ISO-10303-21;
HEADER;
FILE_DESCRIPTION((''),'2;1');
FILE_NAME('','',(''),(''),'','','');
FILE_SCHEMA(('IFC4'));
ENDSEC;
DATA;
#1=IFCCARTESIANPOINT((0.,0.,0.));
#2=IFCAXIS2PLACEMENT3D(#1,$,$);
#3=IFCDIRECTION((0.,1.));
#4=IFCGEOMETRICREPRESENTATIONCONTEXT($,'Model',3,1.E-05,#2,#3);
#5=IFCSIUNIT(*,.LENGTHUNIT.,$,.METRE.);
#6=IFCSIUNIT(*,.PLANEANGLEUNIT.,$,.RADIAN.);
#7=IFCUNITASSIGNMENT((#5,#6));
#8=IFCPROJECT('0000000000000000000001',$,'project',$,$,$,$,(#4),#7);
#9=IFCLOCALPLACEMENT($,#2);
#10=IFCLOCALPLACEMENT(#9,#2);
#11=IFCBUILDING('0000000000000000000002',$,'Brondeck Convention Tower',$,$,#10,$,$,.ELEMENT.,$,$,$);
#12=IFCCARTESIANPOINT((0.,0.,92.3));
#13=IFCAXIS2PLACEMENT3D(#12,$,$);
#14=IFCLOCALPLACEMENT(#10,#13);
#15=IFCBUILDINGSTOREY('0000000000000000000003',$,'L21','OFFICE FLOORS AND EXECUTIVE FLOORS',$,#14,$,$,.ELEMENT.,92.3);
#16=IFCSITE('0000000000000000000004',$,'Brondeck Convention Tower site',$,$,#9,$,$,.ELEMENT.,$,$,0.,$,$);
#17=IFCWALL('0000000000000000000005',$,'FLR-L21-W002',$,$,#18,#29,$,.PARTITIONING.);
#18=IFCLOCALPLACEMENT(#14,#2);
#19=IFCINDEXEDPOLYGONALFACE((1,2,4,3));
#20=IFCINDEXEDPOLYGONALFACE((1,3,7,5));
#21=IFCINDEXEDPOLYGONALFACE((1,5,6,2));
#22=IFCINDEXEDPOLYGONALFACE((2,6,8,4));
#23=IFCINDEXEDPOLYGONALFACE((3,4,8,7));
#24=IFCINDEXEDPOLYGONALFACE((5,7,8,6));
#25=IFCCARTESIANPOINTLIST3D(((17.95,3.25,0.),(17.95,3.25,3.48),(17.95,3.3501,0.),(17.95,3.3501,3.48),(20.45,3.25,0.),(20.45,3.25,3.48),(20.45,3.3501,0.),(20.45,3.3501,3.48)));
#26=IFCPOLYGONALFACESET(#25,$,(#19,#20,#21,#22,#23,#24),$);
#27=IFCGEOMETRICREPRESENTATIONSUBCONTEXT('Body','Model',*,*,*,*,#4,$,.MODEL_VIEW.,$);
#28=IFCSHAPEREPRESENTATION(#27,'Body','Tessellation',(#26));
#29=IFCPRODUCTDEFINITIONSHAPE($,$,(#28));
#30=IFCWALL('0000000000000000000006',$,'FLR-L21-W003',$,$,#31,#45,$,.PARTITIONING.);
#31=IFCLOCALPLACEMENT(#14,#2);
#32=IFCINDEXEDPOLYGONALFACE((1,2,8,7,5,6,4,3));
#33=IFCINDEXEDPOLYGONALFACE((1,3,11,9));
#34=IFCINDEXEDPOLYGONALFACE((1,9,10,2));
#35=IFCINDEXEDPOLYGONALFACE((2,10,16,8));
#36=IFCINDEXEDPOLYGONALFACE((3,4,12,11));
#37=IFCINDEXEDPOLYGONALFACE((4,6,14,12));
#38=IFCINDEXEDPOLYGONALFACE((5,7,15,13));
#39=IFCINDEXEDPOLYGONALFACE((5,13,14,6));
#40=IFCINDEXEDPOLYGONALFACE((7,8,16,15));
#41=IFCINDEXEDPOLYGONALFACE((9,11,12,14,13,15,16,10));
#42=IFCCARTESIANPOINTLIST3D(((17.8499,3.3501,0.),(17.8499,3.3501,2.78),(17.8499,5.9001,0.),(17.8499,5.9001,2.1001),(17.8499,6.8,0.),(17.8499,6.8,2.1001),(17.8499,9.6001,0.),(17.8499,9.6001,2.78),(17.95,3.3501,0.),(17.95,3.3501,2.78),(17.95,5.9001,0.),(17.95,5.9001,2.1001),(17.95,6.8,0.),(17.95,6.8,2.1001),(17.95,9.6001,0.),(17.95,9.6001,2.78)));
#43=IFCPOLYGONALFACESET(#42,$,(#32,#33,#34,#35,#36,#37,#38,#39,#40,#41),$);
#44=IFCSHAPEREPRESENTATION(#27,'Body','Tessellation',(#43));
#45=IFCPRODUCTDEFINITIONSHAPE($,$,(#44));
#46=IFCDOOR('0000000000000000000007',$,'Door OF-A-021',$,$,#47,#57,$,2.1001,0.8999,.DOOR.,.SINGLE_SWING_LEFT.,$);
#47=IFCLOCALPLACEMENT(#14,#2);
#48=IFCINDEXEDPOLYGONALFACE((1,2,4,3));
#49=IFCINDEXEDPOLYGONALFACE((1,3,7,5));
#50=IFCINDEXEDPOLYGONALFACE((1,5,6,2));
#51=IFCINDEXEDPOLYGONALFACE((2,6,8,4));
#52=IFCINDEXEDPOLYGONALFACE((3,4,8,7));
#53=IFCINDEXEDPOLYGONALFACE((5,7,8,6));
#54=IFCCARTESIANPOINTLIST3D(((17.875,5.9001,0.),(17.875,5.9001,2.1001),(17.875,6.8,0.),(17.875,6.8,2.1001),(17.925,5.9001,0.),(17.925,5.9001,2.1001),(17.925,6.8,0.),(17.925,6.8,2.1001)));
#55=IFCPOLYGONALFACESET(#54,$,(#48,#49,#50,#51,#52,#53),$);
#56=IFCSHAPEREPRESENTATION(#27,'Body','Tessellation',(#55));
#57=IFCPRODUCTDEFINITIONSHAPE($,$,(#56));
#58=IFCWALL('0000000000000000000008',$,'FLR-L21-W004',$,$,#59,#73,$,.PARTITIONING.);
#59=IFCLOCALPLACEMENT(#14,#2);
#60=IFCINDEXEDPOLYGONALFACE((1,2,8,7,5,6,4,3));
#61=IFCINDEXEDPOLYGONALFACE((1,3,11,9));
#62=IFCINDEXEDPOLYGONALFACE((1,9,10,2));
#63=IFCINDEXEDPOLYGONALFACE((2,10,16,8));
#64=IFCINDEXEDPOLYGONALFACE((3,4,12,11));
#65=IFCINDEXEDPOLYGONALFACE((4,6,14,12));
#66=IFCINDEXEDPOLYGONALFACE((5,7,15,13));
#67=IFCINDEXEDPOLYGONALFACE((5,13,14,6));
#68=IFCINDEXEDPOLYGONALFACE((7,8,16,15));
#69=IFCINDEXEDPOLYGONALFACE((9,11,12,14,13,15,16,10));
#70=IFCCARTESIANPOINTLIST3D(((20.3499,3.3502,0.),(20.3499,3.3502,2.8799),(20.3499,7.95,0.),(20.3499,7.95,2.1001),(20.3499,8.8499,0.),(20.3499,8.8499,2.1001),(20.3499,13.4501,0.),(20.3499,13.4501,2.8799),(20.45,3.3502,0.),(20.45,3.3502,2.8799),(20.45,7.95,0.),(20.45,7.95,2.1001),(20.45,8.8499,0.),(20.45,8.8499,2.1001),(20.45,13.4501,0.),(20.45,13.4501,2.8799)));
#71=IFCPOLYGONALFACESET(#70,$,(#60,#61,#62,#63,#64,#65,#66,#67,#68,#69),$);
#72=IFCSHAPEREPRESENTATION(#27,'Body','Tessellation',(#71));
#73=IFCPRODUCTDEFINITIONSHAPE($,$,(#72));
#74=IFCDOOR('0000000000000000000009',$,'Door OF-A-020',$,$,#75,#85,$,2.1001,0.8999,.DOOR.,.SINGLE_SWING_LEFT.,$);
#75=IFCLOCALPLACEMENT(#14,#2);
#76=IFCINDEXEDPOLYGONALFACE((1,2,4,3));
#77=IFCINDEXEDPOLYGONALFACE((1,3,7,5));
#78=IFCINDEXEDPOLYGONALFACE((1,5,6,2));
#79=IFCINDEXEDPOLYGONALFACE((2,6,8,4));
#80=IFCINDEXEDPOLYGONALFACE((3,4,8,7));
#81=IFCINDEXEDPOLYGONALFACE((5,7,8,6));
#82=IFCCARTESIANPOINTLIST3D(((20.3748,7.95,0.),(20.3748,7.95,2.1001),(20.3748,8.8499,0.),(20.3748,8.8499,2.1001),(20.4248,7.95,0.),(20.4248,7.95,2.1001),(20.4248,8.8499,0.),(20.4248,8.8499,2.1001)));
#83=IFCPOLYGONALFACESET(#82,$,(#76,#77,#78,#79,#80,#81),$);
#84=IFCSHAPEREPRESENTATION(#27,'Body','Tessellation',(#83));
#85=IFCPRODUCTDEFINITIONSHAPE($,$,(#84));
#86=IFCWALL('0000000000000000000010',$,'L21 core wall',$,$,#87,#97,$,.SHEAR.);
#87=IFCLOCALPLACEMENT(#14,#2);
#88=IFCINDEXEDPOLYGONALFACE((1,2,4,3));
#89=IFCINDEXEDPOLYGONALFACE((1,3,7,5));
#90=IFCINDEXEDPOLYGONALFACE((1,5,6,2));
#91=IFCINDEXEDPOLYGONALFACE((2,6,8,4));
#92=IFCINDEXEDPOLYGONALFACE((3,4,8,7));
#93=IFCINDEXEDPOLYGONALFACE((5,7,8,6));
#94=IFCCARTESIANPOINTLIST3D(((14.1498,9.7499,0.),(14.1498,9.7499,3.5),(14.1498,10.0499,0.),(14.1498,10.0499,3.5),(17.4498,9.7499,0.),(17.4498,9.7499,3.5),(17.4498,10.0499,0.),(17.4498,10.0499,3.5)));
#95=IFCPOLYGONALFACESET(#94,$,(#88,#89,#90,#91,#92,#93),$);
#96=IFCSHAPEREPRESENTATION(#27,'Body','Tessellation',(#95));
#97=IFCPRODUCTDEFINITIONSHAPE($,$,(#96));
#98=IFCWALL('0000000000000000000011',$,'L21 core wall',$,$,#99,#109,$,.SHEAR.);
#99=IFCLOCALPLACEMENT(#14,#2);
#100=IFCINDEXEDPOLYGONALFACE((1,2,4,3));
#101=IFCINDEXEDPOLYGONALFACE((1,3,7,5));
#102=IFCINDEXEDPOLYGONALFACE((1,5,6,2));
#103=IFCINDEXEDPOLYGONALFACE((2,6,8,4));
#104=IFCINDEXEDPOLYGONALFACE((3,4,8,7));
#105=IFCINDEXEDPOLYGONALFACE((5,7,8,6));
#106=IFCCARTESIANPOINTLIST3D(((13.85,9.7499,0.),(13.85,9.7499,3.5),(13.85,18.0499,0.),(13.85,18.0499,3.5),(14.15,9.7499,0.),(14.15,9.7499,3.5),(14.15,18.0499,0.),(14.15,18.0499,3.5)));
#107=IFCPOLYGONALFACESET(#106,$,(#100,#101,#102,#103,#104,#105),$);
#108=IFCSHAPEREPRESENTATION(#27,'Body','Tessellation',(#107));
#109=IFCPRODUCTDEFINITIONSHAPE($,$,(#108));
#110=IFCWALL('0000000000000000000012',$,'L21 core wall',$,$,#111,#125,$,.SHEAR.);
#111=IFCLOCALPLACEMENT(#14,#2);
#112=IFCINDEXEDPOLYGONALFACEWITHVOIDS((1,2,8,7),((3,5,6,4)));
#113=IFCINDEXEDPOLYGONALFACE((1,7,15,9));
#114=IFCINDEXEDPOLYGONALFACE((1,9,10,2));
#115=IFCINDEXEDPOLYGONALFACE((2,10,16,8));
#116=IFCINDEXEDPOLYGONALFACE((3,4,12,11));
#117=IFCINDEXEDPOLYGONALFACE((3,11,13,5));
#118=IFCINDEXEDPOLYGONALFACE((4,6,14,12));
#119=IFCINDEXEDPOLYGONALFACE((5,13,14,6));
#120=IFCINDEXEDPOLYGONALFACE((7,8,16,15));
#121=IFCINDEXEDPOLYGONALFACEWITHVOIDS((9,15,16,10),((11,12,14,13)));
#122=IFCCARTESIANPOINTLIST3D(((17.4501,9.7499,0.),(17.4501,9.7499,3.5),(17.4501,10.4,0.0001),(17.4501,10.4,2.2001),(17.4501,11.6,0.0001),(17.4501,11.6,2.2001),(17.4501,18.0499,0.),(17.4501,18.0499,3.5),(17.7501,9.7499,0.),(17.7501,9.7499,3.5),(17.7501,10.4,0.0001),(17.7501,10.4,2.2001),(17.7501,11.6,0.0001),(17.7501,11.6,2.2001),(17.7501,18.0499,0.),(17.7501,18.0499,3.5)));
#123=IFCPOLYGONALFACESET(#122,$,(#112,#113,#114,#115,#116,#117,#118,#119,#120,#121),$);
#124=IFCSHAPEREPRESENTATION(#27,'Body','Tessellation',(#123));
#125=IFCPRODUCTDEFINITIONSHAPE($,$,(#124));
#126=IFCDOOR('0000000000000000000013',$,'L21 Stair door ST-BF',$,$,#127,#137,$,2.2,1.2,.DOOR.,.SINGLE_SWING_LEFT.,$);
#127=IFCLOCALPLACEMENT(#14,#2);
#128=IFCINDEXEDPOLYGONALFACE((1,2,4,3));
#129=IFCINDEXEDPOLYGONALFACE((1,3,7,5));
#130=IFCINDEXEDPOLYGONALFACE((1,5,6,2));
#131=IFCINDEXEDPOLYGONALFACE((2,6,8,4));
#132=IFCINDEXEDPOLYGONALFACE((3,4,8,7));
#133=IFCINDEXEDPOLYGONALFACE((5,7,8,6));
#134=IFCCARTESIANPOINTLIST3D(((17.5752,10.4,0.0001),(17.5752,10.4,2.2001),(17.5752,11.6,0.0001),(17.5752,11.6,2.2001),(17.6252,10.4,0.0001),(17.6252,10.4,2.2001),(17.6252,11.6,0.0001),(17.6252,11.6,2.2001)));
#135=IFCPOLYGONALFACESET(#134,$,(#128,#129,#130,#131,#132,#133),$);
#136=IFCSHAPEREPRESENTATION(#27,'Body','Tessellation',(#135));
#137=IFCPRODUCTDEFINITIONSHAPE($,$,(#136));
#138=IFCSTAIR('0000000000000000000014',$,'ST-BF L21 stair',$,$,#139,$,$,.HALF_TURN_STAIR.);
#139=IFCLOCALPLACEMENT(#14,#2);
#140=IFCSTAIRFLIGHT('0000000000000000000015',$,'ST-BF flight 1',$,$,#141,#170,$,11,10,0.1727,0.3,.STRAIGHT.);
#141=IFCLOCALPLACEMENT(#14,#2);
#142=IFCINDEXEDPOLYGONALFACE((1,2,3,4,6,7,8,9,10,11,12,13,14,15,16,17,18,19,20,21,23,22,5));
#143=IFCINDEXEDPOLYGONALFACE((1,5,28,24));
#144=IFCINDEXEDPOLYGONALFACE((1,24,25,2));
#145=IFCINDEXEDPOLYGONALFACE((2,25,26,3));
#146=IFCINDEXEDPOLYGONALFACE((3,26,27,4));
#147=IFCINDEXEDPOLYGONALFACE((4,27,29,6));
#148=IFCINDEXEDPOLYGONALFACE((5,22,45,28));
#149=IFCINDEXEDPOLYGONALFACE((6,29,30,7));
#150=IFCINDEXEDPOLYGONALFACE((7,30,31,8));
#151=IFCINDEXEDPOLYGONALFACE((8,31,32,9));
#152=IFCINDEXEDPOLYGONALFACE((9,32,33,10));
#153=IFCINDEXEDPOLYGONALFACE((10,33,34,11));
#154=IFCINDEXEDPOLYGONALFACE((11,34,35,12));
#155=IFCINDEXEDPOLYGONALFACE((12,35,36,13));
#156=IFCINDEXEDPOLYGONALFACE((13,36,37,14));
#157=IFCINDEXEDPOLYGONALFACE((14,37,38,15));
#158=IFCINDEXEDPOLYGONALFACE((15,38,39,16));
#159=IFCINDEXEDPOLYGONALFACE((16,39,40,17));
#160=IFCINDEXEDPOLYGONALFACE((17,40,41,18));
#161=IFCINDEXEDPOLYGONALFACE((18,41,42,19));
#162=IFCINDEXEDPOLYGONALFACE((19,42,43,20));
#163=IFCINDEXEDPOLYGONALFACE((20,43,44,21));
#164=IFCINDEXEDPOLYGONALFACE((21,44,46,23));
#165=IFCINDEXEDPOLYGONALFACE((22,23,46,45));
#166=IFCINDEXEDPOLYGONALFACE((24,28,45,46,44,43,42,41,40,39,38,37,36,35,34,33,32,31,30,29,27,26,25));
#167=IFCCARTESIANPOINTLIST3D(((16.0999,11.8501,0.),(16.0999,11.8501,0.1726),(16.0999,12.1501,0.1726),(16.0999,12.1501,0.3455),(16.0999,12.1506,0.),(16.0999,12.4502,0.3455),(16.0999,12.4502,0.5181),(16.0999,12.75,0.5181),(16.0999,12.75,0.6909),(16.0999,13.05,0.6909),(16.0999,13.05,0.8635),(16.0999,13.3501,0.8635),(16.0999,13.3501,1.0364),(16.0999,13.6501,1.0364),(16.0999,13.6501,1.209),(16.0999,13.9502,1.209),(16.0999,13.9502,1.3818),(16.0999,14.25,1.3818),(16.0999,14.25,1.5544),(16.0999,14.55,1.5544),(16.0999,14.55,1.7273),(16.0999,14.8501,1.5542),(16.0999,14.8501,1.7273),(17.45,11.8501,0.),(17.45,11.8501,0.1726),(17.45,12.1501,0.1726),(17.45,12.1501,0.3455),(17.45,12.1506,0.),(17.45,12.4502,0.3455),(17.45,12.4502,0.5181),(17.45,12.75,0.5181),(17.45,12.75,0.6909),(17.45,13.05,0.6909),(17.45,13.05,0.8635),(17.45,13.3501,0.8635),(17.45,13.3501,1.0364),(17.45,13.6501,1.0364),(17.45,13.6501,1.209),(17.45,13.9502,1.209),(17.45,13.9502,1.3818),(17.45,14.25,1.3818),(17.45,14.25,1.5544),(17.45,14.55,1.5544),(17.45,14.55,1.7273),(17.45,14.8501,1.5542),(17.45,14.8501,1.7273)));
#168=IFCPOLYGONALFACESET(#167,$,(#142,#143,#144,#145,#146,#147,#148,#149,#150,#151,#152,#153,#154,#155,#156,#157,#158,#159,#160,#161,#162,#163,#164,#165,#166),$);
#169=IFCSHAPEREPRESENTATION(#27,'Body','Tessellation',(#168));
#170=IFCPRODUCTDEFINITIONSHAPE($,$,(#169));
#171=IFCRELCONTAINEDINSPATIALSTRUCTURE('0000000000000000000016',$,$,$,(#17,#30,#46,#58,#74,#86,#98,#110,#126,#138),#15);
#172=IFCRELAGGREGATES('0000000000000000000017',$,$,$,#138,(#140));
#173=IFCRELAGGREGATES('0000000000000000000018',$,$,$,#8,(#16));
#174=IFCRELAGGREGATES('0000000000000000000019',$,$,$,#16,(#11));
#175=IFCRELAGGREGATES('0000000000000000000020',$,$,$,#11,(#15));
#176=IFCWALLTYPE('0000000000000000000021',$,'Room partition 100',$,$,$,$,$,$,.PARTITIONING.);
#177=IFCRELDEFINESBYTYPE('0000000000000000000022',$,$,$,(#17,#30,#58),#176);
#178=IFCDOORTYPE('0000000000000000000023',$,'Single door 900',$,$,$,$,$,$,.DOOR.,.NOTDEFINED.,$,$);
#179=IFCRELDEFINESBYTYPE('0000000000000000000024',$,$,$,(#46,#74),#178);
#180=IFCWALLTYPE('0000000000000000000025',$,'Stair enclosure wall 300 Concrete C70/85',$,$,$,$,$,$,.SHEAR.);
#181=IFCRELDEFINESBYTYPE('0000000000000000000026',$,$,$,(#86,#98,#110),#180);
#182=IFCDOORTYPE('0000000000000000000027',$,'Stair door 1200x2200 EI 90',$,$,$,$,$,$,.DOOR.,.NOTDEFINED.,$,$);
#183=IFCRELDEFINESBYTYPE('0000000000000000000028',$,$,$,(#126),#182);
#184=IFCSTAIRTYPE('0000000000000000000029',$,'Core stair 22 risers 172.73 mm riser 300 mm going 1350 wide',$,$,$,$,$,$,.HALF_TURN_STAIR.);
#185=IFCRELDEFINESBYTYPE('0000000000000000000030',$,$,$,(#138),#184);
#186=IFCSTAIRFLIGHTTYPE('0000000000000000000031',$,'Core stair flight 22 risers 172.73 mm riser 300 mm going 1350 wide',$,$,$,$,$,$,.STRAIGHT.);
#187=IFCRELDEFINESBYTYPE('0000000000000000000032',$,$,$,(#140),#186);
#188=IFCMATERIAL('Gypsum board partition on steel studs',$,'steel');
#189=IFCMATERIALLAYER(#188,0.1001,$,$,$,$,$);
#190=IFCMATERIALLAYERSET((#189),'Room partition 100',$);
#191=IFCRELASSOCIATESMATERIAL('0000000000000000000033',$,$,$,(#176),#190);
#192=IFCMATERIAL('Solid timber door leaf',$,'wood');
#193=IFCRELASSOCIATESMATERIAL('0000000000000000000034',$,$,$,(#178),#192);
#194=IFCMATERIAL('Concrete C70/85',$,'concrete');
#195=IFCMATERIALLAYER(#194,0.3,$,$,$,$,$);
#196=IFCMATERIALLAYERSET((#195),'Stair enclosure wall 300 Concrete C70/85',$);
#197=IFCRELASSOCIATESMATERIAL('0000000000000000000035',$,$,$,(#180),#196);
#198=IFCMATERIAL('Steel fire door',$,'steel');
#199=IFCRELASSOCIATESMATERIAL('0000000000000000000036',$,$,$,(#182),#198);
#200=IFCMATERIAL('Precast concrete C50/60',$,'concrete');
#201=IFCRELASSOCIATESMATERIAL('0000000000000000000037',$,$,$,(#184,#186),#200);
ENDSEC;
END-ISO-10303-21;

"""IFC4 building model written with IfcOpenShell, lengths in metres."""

from ifc_helpers import new_model, si_unit, direction, frame, frame_2d, origin, place, context, subcontext, project, spatial, polyline, rectangle, outline, extrude, material, layer, layer_set, type_object, element, fill, aggregate, save


model = new_model("IFC4")

# Units and contexts
model_context = context("Model", 3, precision=1e-05, world=origin(), true_north=direction((0.0, 1.0)))
body_context = subcontext(model_context, "Body", "Model", "MODEL_VIEW")
ifc_project = project(units=[si_unit("LENGTHUNIT", "METRE"), si_unit("PLANEANGLEUNIT", "RADIAN")], contexts=[model_context])

# Site, building, storey
site_placement = place(None, origin())
site = spatial("IfcSite", under=ifc_project, at=site_placement, Name="Brondeck Convention Tower site", CompositionType="ELEMENT", RefElevation=0.0)
building_placement = place(site_placement, origin())
building = spatial("IfcBuilding", under=site, at=building_placement, Name="Brondeck Convention Tower", CompositionType="ELEMENT")
storey_placement = place(building_placement, frame((0.0, 0.0, 92.3)))
storey = spatial("IfcBuildingStorey", under=building, at=storey_placement, Name="L21", Description="OFFICE FLOORS AND EXECUTIVE FLOORS", CompositionType="ELEMENT", Elevation=92.3)

# Shared definitions
ifc_material_1 = material(Name="Concrete C70/85", Category="concrete")

# Wall
ifc_material_2 = material(Name="Gypsum board partition on steel studs", Category="steel")
ifc_layer_1 = layer(ifc_material_2, 0.1001)
ifc_layer_set_1 = layer_set([ifc_layer_1], Name="Room partition 100")
wall_type_1 = type_object("IfcWallType", Name="Room partition 100", PredefinedType="PARTITIONING", material=ifc_layer_set_1)
wall_1_placement = place(storey_placement, frame((20.45, 3.3, 0.0), z_axis=(0.0, 0.0, 1.0), x_axis=(-1.0, 0.0, 0.0)))
element("IfcWall", 1, at=wall_1_placement, inside=storey, type_object=wall_type_1, Name="FLR-L21-W002", PredefinedType="PARTITIONING", context=body_context, shape_type="SweptSolid", body=[
    extrude(rectangle(XDim=2.5, YDim=0.1001, at=frame_2d((1.25, 0.0))), origin(), (0.0, 0.0, 1.0), 3.48),
])

# Walls, openings, doors
wall_2_placement = place(storey_placement, frame((17.8999, 3.3501, 0.0), z_axis=(0.0, 0.0, 1.0), x_axis=(0.0, 1.0, 0.0)))
wall_2 = element("IfcWall", 2, at=wall_2_placement, inside=storey, type_object=wall_type_1, Name="FLR-L21-W003", PredefinedType="PARTITIONING", context=body_context, shape_type="SweptSolid", body=[
    extrude(rectangle(XDim=6.25, YDim=0.1001, at=frame_2d((3.125, 0.0))), origin(), (0.0, 0.0, 1.0), 2.78),
])
opening_1_placement = place(wall_2_placement, frame((2.55, 0.0, 0.0)))
opening_1 = element("IfcOpeningElement", 3, at=opening_1_placement, cuts=wall_2, PredefinedType="OPENING", context=body_context, shape_type="SweptSolid", body=[
    extrude(rectangle(XDim=0.8999, YDim=2.1001, at=frame_2d((0.45, 1.05))), frame((0.0, 0.0601, 0.0), z_axis=(0.0, -1.0, 0.0), x_axis=(1.0, 0.0, 0.0)), (0.0, 0.0, 1.0), 0.1201),
])
ifc_material_3 = material(Name="Solid timber door leaf", Category="wood")
door_type_1 = type_object("IfcDoorType", Name="Single door 900", OperationType="NOTDEFINED", PredefinedType="DOOR", material=ifc_material_3)
door_1_placement = place(opening_1_placement, origin())
door_1 = element("IfcDoor", 4, at=door_1_placement, inside=storey, type_object=door_type_1, Name="Door OF-A-021", OperationType="SINGLE_SWING_LEFT", OverallHeight=2.1001, OverallWidth=0.8999, PredefinedType="DOOR", context=body_context, shape_type="SweptSolid", body=[
    extrude(rectangle(XDim=0.8999, YDim=2.1001, at=frame_2d((0.45, 1.05))), frame((0.0, 0.0249, 0.0), z_axis=(0.0, -1.0, 0.0), x_axis=(1.0, 0.0, 0.0)), (0.0, 0.0, 1.0), 0.05),
])
fill(opening_1, door_1)
wall_3_placement = place(storey_placement, frame((20.3999, 13.45, 0.0), z_axis=(0.0, 0.0, 1.0), x_axis=(0.0, -1.0, 0.0)))
wall_3 = element("IfcWall", 5, at=wall_3_placement, inside=storey, type_object=wall_type_1, Name="FLR-L21-W004", PredefinedType="PARTITIONING", context=body_context, shape_type="SweptSolid", body=[
    extrude(rectangle(XDim=10.0999, YDim=0.1001, at=frame_2d((5.0498, 0.0))), origin(), (0.0, 0.0, 1.0), 2.8799),
])
opening_2_placement = place(wall_3_placement, frame((4.6001, 0.0, 0.0)))
opening_2 = element("IfcOpeningElement", 6, at=opening_2_placement, cuts=wall_3, PredefinedType="OPENING", context=body_context, shape_type="SweptSolid", body=[
    extrude(rectangle(XDim=0.8999, YDim=2.1001, at=frame_2d((0.45, 1.05))), frame((0.0, 0.0601, 0.0), z_axis=(0.0, -1.0, 0.0), x_axis=(1.0, 0.0, 0.0)), (0.0, 0.0, 1.0), 0.1201),
])
door_2_placement = place(opening_2_placement, origin())
door_2 = element("IfcDoor", 7, at=door_2_placement, inside=storey, type_object=door_type_1, Name="Door OF-A-020", OperationType="SINGLE_SWING_LEFT", OverallHeight=2.1001, OverallWidth=0.8999, PredefinedType="DOOR", context=body_context, shape_type="SweptSolid", body=[
    extrude(rectangle(XDim=0.8999, YDim=2.1001, at=frame_2d((0.45, 1.05))), frame((0.0, 0.0249, 0.0), z_axis=(0.0, -1.0, 0.0), x_axis=(1.0, 0.0, 0.0)), (0.0, 0.0, 1.0), 0.05),
])
fill(opening_2, door_2)

# Walls
ifc_layer_2 = layer(ifc_material_1, 0.3)
ifc_layer_set_2 = layer_set([ifc_layer_2], Name="Stair enclosure wall 300 Concrete C70/85")
wall_type_2 = type_object("IfcWallType", Name="Stair enclosure wall 300 Concrete C70/85", PredefinedType="SHEAR", material=ifc_layer_set_2)
wall_4_placement = place(storey_placement, frame((14.1499, 9.8999, 0.0), z_axis=(0.0, 0.0, 1.0), x_axis=(1.0, 0.0, 0.0)))
element("IfcWall", 8, at=wall_4_placement, inside=storey, type_object=wall_type_2, Name="L21 core wall", PredefinedType="SHEAR", context=body_context, shape_type="SweptSolid", body=[
    extrude(rectangle(XDim=3.3, YDim=0.3, at=frame_2d((1.6499, 0.0))), origin(), (0.0, 0.0, 1.0), 3.5),
])
wall_5_placement = place(storey_placement, frame((14.0, 9.75, 0.0), z_axis=(0.0, 0.0, 1.0), x_axis=(0.0, 1.0, 0.0)))
element("IfcWall", 9, at=wall_5_placement, inside=storey, type_object=wall_type_2, Name="L21 core wall", PredefinedType="SHEAR", context=body_context, shape_type="SweptSolid", body=[
    extrude(rectangle(XDim=8.3, YDim=0.3, at=frame_2d((4.1499, 0.0))), origin(), (0.0, 0.0, 1.0), 3.5),
])

# Wall, opening, door
wall_6_placement = place(storey_placement, frame((17.6001, 9.75, 0.0), z_axis=(0.0, 0.0, 1.0), x_axis=(0.0, 1.0, 0.0)))
wall_6 = element("IfcWall", 10, at=wall_6_placement, inside=storey, type_object=wall_type_2, Name="L21 core wall", PredefinedType="SHEAR", context=body_context, shape_type="SweptSolid", body=[
    extrude(rectangle(XDim=8.3, YDim=0.3, at=frame_2d((4.1499, 0.0))), origin(), (0.0, 0.0, 1.0), 3.5),
])
opening_3_placement = place(wall_6_placement, frame((0.6499, 0.0, 0.0)))
opening_3 = element("IfcOpeningElement", 11, at=opening_3_placement, cuts=wall_6, PredefinedType="OPENING", context=body_context, shape_type="SweptSolid", body=[
    extrude(rectangle(XDim=1.2, YDim=2.2, at=frame_2d((0.6001, 1.1001))), frame((0.0, 0.1599, 0.0), z_axis=(0.0, -1.0, 0.0), x_axis=(1.0, 0.0, 0.0)), (0.0, 0.0, 1.0), 0.3201),
])
ifc_material_4 = material(Name="Steel fire door", Category="steel")
door_type_2 = type_object("IfcDoorType", Name="Stair door 1200x2200 EI 90", OperationType="NOTDEFINED", PredefinedType="DOOR", material=ifc_material_4)
door_3_placement = place(opening_3_placement, origin())
door_3 = element("IfcDoor", 12, at=door_3_placement, inside=storey, type_object=door_type_2, Name="L21 Stair door ST-BF", OperationType="SINGLE_SWING_LEFT", OverallHeight=2.2, OverallWidth=1.2, PredefinedType="DOOR", context=body_context, shape_type="SweptSolid", body=[
    extrude(rectangle(XDim=1.2, YDim=2.2, at=frame_2d((0.6001, 1.1001))), frame((0.0, 0.0249, 0.0), z_axis=(0.0, -1.0, 0.0), x_axis=(1.0, 0.0, 0.0)), (0.0, 0.0, 1.0), 0.05),
])
fill(opening_3, door_3)

# Stair, stair flight
ifc_material_5 = material(Name="Precast concrete C50/60", Category="concrete")
stair_type = type_object("IfcStairType", Name="Core stair 22 risers 172.73 mm riser 300 mm going 1350 wide", PredefinedType="HALF_TURN_STAIR", material=ifc_material_5)
stair_placement = place(storey_placement, origin())
stair = element("IfcStair", 13, at=stair_placement, inside=storey, type_object=stair_type, Name="ST-BF L21 stair", PredefinedType="HALF_TURN_STAIR")
stair_flight_type = type_object("IfcStairFlightType", Name="Core stair flight 22 risers 172.73 mm riser 300 mm going 1350 wide", PredefinedType="STRAIGHT", material=ifc_material_5)
stair_flight_1_placement = place(storey_placement, frame((16.7749, 11.8501, 0.0), z_axis=(0.0, 0.0, 1.0), x_axis=(0.0, 1.0, 0.0)))
stair_flight_1 = element("IfcStairFlight", 14, at=stair_flight_1_placement, type_object=stair_flight_type, Name="ST-BF flight 1", NumberOfRisers=11, NumberOfTreads=10, PredefinedType="STRAIGHT", RiserHeight=0.1727, TreadLength=0.3, context=body_context, shape_type="SweptSolid", body=[
    extrude(outline(polyline([(0.0, 0.0), (0.0, 0.1726), (0.3, 0.1726), (0.3, 0.3455), (0.6001, 0.3455), (0.6001, 0.5181), (0.8999, 0.5181), (0.8999, 0.6909), (1.2, 0.6909), (1.2, 0.8635), (1.5, 0.8635), (1.5, 1.0364), (1.8, 1.0364), (1.8, 1.209), (2.1001, 1.209), (2.1001, 1.3818), (2.3999, 1.3818), (2.3999, 1.5544), (2.7, 1.5544), (2.7, 1.7273), (3.0, 1.7273), (3.0, 1.8999), (3.0, 1.5542), (0.3005, 0.0), (0.0, 0.0)])), frame((0.0, 0.675, 0.0), z_axis=(0.0, -1.0, 0.0), x_axis=(1.0, 0.0, 0.0)), (0.0, 0.0, 1.0), 1.3501),
])
aggregate(stair, [stair_flight_1])

save(model, "model.ifc")
